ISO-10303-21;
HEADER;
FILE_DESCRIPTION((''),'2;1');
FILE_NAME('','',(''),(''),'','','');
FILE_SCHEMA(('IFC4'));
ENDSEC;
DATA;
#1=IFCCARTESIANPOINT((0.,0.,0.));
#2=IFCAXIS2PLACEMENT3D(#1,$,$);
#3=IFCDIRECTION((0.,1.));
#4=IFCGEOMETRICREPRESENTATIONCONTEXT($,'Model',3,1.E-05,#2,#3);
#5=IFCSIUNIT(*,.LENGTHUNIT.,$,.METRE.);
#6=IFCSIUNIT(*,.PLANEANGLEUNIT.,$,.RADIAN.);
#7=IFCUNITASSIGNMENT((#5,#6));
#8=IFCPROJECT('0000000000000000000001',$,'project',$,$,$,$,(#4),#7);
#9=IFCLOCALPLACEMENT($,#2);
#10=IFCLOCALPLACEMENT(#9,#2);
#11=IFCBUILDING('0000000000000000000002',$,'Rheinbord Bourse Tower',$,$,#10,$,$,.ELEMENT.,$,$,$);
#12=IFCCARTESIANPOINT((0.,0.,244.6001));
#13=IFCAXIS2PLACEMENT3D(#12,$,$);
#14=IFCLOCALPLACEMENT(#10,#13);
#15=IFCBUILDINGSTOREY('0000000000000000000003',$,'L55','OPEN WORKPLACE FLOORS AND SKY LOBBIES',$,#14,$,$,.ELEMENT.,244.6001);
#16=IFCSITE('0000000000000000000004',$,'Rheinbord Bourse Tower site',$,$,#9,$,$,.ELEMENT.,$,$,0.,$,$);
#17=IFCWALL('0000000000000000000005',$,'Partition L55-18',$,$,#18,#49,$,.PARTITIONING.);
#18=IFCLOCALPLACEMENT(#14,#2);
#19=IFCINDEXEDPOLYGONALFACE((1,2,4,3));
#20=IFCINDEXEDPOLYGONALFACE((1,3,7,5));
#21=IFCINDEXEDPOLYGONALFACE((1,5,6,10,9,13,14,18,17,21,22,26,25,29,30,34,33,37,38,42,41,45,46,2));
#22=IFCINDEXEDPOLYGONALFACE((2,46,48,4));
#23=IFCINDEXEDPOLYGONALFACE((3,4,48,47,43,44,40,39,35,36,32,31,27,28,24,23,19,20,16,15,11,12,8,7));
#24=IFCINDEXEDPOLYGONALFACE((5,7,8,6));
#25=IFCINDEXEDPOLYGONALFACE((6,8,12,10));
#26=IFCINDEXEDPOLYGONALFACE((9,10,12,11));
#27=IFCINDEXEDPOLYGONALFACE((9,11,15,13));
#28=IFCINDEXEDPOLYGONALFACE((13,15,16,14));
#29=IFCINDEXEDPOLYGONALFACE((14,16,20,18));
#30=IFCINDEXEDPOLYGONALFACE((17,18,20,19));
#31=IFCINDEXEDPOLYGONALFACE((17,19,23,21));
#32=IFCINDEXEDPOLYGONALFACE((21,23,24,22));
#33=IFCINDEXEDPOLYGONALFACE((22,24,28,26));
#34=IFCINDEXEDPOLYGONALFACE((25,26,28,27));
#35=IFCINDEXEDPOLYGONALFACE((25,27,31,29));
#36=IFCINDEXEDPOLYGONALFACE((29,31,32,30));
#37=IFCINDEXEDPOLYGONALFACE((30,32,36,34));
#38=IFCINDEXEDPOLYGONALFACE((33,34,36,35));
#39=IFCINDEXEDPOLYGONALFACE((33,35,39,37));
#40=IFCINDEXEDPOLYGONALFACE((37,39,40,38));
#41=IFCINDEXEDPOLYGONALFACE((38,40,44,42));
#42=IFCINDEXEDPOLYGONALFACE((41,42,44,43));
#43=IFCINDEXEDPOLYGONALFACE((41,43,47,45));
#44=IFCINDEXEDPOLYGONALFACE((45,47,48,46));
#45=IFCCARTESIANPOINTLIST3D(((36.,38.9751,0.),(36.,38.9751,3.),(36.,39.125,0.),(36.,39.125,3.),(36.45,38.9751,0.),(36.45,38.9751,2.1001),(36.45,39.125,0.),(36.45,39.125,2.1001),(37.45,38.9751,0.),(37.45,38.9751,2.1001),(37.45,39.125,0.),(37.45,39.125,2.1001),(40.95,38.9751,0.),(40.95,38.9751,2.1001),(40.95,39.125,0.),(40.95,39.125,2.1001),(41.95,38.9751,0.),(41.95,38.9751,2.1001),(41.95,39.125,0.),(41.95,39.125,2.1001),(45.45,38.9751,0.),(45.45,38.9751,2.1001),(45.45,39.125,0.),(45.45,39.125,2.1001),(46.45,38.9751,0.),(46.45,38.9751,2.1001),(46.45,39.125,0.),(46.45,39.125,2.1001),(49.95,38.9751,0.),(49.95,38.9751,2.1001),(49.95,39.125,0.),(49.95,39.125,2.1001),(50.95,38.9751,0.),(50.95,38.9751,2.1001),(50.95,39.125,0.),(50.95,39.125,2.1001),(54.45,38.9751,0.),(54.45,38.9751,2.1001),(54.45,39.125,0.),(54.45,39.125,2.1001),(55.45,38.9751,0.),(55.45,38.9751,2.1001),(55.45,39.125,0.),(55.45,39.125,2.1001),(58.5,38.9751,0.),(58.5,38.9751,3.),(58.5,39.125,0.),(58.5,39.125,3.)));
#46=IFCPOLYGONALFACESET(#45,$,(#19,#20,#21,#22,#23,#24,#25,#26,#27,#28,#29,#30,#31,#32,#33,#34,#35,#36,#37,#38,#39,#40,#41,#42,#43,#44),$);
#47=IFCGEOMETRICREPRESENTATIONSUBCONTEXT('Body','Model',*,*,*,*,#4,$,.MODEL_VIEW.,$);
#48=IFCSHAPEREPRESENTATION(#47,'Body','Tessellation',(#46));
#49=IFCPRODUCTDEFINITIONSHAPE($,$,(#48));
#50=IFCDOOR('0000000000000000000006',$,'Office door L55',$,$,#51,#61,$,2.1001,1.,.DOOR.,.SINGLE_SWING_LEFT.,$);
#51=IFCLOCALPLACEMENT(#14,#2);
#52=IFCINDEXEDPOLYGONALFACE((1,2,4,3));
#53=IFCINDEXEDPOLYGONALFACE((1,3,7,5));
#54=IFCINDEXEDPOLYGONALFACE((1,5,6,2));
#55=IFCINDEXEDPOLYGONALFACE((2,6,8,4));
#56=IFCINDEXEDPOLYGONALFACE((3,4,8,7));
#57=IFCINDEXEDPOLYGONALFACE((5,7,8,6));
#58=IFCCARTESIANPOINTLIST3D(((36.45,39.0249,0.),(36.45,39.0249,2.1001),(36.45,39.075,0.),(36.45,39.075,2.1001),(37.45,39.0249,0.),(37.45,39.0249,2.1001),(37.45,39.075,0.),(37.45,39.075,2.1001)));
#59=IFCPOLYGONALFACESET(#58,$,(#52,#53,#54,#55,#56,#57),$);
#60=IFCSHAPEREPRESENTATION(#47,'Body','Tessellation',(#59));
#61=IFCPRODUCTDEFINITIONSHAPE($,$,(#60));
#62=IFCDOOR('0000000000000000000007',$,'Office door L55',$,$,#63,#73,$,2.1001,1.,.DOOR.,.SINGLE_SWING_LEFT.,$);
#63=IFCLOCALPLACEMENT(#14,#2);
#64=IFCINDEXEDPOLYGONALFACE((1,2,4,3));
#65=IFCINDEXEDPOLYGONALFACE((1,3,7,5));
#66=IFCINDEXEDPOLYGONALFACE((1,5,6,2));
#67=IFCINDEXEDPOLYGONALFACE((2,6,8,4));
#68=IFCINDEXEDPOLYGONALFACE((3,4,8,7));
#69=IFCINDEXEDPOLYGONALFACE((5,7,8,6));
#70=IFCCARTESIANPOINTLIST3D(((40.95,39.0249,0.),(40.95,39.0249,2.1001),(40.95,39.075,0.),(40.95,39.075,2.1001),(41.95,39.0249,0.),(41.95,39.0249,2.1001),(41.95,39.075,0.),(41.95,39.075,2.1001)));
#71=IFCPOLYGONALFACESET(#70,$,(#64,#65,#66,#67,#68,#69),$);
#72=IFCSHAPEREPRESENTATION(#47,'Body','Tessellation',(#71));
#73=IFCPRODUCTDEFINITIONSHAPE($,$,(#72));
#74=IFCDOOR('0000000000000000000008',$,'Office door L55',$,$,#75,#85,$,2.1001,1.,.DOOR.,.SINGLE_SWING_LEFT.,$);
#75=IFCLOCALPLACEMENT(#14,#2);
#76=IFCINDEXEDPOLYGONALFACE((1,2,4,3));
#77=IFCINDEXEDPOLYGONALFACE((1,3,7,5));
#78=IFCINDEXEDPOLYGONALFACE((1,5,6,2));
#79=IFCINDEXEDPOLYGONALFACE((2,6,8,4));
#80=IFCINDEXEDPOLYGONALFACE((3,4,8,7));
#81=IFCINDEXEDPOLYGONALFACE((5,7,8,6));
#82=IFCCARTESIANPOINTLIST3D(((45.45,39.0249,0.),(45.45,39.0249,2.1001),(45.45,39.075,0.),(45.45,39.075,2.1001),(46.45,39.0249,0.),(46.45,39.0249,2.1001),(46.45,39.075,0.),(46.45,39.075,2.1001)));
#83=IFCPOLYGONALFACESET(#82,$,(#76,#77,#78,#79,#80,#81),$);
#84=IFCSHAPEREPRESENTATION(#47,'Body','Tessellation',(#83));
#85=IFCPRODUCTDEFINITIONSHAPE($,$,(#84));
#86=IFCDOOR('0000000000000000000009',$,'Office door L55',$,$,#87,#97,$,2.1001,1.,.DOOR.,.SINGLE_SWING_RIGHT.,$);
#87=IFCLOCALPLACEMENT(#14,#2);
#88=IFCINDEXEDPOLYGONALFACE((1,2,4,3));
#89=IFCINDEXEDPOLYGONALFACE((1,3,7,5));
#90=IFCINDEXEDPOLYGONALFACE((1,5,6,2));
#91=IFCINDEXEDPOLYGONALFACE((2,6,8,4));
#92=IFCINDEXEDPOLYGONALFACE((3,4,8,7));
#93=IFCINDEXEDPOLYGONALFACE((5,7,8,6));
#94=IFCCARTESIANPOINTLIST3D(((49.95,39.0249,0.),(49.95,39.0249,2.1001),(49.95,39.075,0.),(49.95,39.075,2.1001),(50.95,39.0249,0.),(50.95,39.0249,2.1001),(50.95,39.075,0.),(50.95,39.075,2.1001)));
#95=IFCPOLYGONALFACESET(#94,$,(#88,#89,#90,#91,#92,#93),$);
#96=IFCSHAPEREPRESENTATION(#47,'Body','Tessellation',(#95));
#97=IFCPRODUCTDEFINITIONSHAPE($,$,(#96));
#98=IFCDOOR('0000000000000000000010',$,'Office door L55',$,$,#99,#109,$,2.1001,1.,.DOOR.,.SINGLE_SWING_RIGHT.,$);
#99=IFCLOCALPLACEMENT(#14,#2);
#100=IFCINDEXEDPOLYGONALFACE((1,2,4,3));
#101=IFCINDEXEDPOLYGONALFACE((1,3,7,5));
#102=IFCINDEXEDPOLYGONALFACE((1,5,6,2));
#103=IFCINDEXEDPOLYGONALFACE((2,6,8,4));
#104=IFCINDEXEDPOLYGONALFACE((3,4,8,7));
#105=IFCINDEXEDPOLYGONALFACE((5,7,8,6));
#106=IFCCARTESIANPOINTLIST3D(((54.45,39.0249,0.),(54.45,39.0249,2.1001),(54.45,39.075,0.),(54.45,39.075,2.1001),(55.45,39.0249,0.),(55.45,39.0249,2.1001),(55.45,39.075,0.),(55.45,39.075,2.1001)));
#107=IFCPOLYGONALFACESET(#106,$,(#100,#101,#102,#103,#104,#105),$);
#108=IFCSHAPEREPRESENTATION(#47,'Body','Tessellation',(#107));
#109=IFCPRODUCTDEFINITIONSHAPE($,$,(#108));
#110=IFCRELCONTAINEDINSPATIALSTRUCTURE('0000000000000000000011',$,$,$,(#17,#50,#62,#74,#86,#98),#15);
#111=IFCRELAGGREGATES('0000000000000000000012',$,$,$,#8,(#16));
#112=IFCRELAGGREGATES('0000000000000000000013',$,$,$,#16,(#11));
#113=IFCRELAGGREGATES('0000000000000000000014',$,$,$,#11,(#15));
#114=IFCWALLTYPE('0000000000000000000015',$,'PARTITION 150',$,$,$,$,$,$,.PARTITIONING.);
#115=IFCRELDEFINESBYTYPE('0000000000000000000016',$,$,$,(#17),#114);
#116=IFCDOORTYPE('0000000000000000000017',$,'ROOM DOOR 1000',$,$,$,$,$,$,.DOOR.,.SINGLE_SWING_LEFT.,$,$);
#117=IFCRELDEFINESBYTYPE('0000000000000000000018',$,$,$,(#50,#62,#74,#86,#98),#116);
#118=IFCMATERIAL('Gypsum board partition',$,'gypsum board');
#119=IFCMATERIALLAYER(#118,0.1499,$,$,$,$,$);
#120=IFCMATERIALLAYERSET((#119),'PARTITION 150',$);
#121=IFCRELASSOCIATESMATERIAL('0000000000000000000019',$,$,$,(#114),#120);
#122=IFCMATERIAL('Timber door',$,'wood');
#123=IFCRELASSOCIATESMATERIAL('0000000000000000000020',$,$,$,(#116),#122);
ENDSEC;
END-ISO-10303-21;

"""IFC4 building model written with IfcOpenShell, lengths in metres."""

from ifc_helpers import new_model, si_unit, direction, frame, frame_2d, origin, place, context, subcontext, project, spatial, rectangle, extrude, material, layer, layer_set, type_object, element, fill, save


model = new_model("IFC4")

# Units and contexts
model_context = context("Model", 3, precision=1e-05, world=origin(), true_north=direction((0.0, 1.0)))
body_context = subcontext(model_context, "Body", "Model", "MODEL_VIEW")
ifc_project = project(units=[si_unit("LENGTHUNIT", "METRE"), si_unit("PLANEANGLEUNIT", "RADIAN")], contexts=[model_context])

# Site, building, storey
site_placement = place(None, origin())
site = spatial("IfcSite", under=ifc_project, at=site_placement, Name="Rheinbord Bourse Tower site", CompositionType="ELEMENT", RefElevation=0.0)
building_placement = place(site_placement, origin())
building = spatial("IfcBuilding", under=site, at=building_placement, Name="Rheinbord Bourse Tower", CompositionType="ELEMENT")
storey_placement = place(building_placement, frame((0.0, 0.0, 244.6001)))
storey = spatial("IfcBuildingStorey", under=building, at=storey_placement, Name="L55", Description="OPEN WORKPLACE FLOORS AND SKY LOBBIES", CompositionType="ELEMENT", Elevation=244.6001)

# Wall, openings, doors
ifc_material_1 = material(Name="Gypsum board partition", Category="gypsum board")
ifc_layer_1 = layer(ifc_material_1, 0.1499)
ifc_layer_set_1 = layer_set([ifc_layer_1], Name="PARTITION 150")
wall_type_1 = type_object("IfcWallType", Name="PARTITION 150", PredefinedType="PARTITIONING", material=ifc_layer_set_1)
wall_1_placement = place(storey_placement, frame((36.0, 39.05, 0.0), z_axis=(0.0, 0.0, 1.0), x_axis=(1.0, 0.0, 0.0)))
wall_1 = element("IfcWall", 1, at=wall_1_placement, inside=storey, type_object=wall_type_1, Name="Partition L55-18", PredefinedType="PARTITIONING", context=body_context, shape_type="SweptSolid", body=[
    extrude(rectangle(XDim=22.5, YDim=0.1499, at=frame_2d((11.25, 0.0))), origin(), (0.0, 0.0, 1.0), 3.0),
])
opening_1_placement = place(wall_1_placement, frame((0.45, 0.0, 0.0)))
opening_1 = element("IfcOpeningElement", 2, at=opening_1_placement, cuts=wall_1, PredefinedType="OPENING", context=body_context, shape_type="SweptSolid", body=[
    extrude(rectangle(XDim=1.0, YDim=2.1001, at=frame_2d((0.5, 1.05))), frame((0.0, 0.085, 0.0), z_axis=(0.0, -1.0, 0.0), x_axis=(1.0, 0.0, 0.0)), (0.0, 0.0, 1.0), 0.1699),
])
opening_2_placement = place(wall_1_placement, frame((4.95, 0.0, 0.0)))
opening_2 = element("IfcOpeningElement", 3, at=opening_2_placement, cuts=wall_1, PredefinedType="OPENING", context=body_context, shape_type="SweptSolid", body=[
    extrude(rectangle(XDim=1.0, YDim=2.1001, at=frame_2d((0.5, 1.05))), frame((0.0, 0.085, 0.0), z_axis=(0.0, -1.0, 0.0), x_axis=(1.0, 0.0, 0.0)), (0.0, 0.0, 1.0), 0.1699),
])
opening_3_placement = place(wall_1_placement, frame((9.45, 0.0, 0.0)))
opening_3 = element("IfcOpeningElement", 4, at=opening_3_placement, cuts=wall_1, PredefinedType="OPENING", context=body_context, shape_type="SweptSolid", body=[
    extrude(rectangle(XDim=1.0, YDim=2.1001, at=frame_2d((0.5, 1.05))), frame((0.0, 0.085, 0.0), z_axis=(0.0, -1.0, 0.0), x_axis=(1.0, 0.0, 0.0)), (0.0, 0.0, 1.0), 0.1699),
])
opening_4_placement = place(wall_1_placement, frame((13.95, 0.0, 0.0)))
opening_4 = element("IfcOpeningElement", 5, at=opening_4_placement, cuts=wall_1, PredefinedType="OPENING", context=body_context, shape_type="SweptSolid", body=[
    extrude(rectangle(XDim=1.0, YDim=2.1001, at=frame_2d((0.5, 1.05))), frame((0.0, 0.085, 0.0), z_axis=(0.0, -1.0, 0.0), x_axis=(1.0, 0.0, 0.0)), (0.0, 0.0, 1.0), 0.1699),
])
opening_5_placement = place(wall_1_placement, frame((18.45, 0.0, 0.0)))
opening_5 = element("IfcOpeningElement", 6, at=opening_5_placement, cuts=wall_1, PredefinedType="OPENING", context=body_context, shape_type="SweptSolid", body=[
    extrude(rectangle(XDim=1.0, YDim=2.1001, at=frame_2d((0.5, 1.05))), frame((0.0, 0.085, 0.0), z_axis=(0.0, -1.0, 0.0), x_axis=(1.0, 0.0, 0.0)), (0.0, 0.0, 1.0), 0.1699),
])
ifc_material_2 = material(Name="Timber door", Category="wood")
door_type_1 = type_object("IfcDoorType", Name="ROOM DOOR 1000", OperationType="SINGLE_SWING_LEFT", PredefinedType="DOOR", material=ifc_material_2)
door_1_placement = place(opening_1_placement, origin())
door_1 = element("IfcDoor", 7, at=door_1_placement, inside=storey, type_object=door_type_1, Name="Office door L55", OperationType="SINGLE_SWING_LEFT", OverallHeight=2.1001, OverallWidth=1.0, PredefinedType="DOOR", context=body_context, shape_type="SweptSolid", body=[
    extrude(rectangle(XDim=1.0, YDim=2.1001, at=frame_2d((0.5, 1.05))), frame((0.0, 0.0249, 0.0), z_axis=(0.0, -1.0, 0.0), x_axis=(1.0, 0.0, 0.0)), (0.0, 0.0, 1.0), 0.05),
])
fill(opening_1, door_1)
door_2_placement = place(opening_2_placement, origin())
door_2 = element("IfcDoor", 8, at=door_2_placement, inside=storey, type_object=door_type_1, Name="Office door L55", OperationType="SINGLE_SWING_LEFT", OverallHeight=2.1001, OverallWidth=1.0, PredefinedType="DOOR", context=body_context, shape_type="SweptSolid", body=[
    extrude(rectangle(XDim=1.0, YDim=2.1001, at=frame_2d((0.5, 1.05))), frame((0.0, 0.0249, 0.0), z_axis=(0.0, -1.0, 0.0), x_axis=(1.0, 0.0, 0.0)), (0.0, 0.0, 1.0), 0.05),
])
fill(opening_2, door_2)
door_3_placement = place(opening_3_placement, origin())
door_3 = element("IfcDoor", 9, at=door_3_placement, inside=storey, type_object=door_type_1, Name="Office door L55", OperationType="SINGLE_SWING_LEFT", OverallHeight=2.1001, OverallWidth=1.0, PredefinedType="DOOR", context=body_context, shape_type="SweptSolid", body=[
    extrude(rectangle(XDim=1.0, YDim=2.1001, at=frame_2d((0.5, 1.05))), frame((0.0, 0.0249, 0.0), z_axis=(0.0, -1.0, 0.0), x_axis=(1.0, 0.0, 0.0)), (0.0, 0.0, 1.0), 0.05),
])
fill(opening_3, door_3)
door_4_placement = place(opening_4_placement, origin())
door_4 = element("IfcDoor", 10, at=door_4_placement, inside=storey, type_object=door_type_1, Name="Office door L55", OperationType="SINGLE_SWING_RIGHT", OverallHeight=2.1001, OverallWidth=1.0, PredefinedType="DOOR", context=body_context, shape_type="SweptSolid", body=[
    extrude(rectangle(XDim=1.0, YDim=2.1001, at=frame_2d((0.5, 1.05))), frame((0.0, 0.0249, 0.0), z_axis=(0.0, -1.0, 0.0), x_axis=(1.0, 0.0, 0.0)), (0.0, 0.0, 1.0), 0.05),
])
fill(opening_4, door_4)
door_5_placement = place(opening_5_placement, origin())
door_5 = element("IfcDoor", 11, at=door_5_placement, inside=storey, type_object=door_type_1, Name="Office door L55", OperationType="SINGLE_SWING_RIGHT", OverallHeight=2.1001, OverallWidth=1.0, PredefinedType="DOOR", context=body_context, shape_type="SweptSolid", body=[
    extrude(rectangle(XDim=1.0, YDim=2.1001, at=frame_2d((0.5, 1.05))), frame((0.0, 0.0249, 0.0), z_axis=(0.0, -1.0, 0.0), x_axis=(1.0, 0.0, 0.0)), (0.0, 0.0, 1.0), 0.05),
])
fill(opening_5, door_5)

save(model, "model.ifc")
